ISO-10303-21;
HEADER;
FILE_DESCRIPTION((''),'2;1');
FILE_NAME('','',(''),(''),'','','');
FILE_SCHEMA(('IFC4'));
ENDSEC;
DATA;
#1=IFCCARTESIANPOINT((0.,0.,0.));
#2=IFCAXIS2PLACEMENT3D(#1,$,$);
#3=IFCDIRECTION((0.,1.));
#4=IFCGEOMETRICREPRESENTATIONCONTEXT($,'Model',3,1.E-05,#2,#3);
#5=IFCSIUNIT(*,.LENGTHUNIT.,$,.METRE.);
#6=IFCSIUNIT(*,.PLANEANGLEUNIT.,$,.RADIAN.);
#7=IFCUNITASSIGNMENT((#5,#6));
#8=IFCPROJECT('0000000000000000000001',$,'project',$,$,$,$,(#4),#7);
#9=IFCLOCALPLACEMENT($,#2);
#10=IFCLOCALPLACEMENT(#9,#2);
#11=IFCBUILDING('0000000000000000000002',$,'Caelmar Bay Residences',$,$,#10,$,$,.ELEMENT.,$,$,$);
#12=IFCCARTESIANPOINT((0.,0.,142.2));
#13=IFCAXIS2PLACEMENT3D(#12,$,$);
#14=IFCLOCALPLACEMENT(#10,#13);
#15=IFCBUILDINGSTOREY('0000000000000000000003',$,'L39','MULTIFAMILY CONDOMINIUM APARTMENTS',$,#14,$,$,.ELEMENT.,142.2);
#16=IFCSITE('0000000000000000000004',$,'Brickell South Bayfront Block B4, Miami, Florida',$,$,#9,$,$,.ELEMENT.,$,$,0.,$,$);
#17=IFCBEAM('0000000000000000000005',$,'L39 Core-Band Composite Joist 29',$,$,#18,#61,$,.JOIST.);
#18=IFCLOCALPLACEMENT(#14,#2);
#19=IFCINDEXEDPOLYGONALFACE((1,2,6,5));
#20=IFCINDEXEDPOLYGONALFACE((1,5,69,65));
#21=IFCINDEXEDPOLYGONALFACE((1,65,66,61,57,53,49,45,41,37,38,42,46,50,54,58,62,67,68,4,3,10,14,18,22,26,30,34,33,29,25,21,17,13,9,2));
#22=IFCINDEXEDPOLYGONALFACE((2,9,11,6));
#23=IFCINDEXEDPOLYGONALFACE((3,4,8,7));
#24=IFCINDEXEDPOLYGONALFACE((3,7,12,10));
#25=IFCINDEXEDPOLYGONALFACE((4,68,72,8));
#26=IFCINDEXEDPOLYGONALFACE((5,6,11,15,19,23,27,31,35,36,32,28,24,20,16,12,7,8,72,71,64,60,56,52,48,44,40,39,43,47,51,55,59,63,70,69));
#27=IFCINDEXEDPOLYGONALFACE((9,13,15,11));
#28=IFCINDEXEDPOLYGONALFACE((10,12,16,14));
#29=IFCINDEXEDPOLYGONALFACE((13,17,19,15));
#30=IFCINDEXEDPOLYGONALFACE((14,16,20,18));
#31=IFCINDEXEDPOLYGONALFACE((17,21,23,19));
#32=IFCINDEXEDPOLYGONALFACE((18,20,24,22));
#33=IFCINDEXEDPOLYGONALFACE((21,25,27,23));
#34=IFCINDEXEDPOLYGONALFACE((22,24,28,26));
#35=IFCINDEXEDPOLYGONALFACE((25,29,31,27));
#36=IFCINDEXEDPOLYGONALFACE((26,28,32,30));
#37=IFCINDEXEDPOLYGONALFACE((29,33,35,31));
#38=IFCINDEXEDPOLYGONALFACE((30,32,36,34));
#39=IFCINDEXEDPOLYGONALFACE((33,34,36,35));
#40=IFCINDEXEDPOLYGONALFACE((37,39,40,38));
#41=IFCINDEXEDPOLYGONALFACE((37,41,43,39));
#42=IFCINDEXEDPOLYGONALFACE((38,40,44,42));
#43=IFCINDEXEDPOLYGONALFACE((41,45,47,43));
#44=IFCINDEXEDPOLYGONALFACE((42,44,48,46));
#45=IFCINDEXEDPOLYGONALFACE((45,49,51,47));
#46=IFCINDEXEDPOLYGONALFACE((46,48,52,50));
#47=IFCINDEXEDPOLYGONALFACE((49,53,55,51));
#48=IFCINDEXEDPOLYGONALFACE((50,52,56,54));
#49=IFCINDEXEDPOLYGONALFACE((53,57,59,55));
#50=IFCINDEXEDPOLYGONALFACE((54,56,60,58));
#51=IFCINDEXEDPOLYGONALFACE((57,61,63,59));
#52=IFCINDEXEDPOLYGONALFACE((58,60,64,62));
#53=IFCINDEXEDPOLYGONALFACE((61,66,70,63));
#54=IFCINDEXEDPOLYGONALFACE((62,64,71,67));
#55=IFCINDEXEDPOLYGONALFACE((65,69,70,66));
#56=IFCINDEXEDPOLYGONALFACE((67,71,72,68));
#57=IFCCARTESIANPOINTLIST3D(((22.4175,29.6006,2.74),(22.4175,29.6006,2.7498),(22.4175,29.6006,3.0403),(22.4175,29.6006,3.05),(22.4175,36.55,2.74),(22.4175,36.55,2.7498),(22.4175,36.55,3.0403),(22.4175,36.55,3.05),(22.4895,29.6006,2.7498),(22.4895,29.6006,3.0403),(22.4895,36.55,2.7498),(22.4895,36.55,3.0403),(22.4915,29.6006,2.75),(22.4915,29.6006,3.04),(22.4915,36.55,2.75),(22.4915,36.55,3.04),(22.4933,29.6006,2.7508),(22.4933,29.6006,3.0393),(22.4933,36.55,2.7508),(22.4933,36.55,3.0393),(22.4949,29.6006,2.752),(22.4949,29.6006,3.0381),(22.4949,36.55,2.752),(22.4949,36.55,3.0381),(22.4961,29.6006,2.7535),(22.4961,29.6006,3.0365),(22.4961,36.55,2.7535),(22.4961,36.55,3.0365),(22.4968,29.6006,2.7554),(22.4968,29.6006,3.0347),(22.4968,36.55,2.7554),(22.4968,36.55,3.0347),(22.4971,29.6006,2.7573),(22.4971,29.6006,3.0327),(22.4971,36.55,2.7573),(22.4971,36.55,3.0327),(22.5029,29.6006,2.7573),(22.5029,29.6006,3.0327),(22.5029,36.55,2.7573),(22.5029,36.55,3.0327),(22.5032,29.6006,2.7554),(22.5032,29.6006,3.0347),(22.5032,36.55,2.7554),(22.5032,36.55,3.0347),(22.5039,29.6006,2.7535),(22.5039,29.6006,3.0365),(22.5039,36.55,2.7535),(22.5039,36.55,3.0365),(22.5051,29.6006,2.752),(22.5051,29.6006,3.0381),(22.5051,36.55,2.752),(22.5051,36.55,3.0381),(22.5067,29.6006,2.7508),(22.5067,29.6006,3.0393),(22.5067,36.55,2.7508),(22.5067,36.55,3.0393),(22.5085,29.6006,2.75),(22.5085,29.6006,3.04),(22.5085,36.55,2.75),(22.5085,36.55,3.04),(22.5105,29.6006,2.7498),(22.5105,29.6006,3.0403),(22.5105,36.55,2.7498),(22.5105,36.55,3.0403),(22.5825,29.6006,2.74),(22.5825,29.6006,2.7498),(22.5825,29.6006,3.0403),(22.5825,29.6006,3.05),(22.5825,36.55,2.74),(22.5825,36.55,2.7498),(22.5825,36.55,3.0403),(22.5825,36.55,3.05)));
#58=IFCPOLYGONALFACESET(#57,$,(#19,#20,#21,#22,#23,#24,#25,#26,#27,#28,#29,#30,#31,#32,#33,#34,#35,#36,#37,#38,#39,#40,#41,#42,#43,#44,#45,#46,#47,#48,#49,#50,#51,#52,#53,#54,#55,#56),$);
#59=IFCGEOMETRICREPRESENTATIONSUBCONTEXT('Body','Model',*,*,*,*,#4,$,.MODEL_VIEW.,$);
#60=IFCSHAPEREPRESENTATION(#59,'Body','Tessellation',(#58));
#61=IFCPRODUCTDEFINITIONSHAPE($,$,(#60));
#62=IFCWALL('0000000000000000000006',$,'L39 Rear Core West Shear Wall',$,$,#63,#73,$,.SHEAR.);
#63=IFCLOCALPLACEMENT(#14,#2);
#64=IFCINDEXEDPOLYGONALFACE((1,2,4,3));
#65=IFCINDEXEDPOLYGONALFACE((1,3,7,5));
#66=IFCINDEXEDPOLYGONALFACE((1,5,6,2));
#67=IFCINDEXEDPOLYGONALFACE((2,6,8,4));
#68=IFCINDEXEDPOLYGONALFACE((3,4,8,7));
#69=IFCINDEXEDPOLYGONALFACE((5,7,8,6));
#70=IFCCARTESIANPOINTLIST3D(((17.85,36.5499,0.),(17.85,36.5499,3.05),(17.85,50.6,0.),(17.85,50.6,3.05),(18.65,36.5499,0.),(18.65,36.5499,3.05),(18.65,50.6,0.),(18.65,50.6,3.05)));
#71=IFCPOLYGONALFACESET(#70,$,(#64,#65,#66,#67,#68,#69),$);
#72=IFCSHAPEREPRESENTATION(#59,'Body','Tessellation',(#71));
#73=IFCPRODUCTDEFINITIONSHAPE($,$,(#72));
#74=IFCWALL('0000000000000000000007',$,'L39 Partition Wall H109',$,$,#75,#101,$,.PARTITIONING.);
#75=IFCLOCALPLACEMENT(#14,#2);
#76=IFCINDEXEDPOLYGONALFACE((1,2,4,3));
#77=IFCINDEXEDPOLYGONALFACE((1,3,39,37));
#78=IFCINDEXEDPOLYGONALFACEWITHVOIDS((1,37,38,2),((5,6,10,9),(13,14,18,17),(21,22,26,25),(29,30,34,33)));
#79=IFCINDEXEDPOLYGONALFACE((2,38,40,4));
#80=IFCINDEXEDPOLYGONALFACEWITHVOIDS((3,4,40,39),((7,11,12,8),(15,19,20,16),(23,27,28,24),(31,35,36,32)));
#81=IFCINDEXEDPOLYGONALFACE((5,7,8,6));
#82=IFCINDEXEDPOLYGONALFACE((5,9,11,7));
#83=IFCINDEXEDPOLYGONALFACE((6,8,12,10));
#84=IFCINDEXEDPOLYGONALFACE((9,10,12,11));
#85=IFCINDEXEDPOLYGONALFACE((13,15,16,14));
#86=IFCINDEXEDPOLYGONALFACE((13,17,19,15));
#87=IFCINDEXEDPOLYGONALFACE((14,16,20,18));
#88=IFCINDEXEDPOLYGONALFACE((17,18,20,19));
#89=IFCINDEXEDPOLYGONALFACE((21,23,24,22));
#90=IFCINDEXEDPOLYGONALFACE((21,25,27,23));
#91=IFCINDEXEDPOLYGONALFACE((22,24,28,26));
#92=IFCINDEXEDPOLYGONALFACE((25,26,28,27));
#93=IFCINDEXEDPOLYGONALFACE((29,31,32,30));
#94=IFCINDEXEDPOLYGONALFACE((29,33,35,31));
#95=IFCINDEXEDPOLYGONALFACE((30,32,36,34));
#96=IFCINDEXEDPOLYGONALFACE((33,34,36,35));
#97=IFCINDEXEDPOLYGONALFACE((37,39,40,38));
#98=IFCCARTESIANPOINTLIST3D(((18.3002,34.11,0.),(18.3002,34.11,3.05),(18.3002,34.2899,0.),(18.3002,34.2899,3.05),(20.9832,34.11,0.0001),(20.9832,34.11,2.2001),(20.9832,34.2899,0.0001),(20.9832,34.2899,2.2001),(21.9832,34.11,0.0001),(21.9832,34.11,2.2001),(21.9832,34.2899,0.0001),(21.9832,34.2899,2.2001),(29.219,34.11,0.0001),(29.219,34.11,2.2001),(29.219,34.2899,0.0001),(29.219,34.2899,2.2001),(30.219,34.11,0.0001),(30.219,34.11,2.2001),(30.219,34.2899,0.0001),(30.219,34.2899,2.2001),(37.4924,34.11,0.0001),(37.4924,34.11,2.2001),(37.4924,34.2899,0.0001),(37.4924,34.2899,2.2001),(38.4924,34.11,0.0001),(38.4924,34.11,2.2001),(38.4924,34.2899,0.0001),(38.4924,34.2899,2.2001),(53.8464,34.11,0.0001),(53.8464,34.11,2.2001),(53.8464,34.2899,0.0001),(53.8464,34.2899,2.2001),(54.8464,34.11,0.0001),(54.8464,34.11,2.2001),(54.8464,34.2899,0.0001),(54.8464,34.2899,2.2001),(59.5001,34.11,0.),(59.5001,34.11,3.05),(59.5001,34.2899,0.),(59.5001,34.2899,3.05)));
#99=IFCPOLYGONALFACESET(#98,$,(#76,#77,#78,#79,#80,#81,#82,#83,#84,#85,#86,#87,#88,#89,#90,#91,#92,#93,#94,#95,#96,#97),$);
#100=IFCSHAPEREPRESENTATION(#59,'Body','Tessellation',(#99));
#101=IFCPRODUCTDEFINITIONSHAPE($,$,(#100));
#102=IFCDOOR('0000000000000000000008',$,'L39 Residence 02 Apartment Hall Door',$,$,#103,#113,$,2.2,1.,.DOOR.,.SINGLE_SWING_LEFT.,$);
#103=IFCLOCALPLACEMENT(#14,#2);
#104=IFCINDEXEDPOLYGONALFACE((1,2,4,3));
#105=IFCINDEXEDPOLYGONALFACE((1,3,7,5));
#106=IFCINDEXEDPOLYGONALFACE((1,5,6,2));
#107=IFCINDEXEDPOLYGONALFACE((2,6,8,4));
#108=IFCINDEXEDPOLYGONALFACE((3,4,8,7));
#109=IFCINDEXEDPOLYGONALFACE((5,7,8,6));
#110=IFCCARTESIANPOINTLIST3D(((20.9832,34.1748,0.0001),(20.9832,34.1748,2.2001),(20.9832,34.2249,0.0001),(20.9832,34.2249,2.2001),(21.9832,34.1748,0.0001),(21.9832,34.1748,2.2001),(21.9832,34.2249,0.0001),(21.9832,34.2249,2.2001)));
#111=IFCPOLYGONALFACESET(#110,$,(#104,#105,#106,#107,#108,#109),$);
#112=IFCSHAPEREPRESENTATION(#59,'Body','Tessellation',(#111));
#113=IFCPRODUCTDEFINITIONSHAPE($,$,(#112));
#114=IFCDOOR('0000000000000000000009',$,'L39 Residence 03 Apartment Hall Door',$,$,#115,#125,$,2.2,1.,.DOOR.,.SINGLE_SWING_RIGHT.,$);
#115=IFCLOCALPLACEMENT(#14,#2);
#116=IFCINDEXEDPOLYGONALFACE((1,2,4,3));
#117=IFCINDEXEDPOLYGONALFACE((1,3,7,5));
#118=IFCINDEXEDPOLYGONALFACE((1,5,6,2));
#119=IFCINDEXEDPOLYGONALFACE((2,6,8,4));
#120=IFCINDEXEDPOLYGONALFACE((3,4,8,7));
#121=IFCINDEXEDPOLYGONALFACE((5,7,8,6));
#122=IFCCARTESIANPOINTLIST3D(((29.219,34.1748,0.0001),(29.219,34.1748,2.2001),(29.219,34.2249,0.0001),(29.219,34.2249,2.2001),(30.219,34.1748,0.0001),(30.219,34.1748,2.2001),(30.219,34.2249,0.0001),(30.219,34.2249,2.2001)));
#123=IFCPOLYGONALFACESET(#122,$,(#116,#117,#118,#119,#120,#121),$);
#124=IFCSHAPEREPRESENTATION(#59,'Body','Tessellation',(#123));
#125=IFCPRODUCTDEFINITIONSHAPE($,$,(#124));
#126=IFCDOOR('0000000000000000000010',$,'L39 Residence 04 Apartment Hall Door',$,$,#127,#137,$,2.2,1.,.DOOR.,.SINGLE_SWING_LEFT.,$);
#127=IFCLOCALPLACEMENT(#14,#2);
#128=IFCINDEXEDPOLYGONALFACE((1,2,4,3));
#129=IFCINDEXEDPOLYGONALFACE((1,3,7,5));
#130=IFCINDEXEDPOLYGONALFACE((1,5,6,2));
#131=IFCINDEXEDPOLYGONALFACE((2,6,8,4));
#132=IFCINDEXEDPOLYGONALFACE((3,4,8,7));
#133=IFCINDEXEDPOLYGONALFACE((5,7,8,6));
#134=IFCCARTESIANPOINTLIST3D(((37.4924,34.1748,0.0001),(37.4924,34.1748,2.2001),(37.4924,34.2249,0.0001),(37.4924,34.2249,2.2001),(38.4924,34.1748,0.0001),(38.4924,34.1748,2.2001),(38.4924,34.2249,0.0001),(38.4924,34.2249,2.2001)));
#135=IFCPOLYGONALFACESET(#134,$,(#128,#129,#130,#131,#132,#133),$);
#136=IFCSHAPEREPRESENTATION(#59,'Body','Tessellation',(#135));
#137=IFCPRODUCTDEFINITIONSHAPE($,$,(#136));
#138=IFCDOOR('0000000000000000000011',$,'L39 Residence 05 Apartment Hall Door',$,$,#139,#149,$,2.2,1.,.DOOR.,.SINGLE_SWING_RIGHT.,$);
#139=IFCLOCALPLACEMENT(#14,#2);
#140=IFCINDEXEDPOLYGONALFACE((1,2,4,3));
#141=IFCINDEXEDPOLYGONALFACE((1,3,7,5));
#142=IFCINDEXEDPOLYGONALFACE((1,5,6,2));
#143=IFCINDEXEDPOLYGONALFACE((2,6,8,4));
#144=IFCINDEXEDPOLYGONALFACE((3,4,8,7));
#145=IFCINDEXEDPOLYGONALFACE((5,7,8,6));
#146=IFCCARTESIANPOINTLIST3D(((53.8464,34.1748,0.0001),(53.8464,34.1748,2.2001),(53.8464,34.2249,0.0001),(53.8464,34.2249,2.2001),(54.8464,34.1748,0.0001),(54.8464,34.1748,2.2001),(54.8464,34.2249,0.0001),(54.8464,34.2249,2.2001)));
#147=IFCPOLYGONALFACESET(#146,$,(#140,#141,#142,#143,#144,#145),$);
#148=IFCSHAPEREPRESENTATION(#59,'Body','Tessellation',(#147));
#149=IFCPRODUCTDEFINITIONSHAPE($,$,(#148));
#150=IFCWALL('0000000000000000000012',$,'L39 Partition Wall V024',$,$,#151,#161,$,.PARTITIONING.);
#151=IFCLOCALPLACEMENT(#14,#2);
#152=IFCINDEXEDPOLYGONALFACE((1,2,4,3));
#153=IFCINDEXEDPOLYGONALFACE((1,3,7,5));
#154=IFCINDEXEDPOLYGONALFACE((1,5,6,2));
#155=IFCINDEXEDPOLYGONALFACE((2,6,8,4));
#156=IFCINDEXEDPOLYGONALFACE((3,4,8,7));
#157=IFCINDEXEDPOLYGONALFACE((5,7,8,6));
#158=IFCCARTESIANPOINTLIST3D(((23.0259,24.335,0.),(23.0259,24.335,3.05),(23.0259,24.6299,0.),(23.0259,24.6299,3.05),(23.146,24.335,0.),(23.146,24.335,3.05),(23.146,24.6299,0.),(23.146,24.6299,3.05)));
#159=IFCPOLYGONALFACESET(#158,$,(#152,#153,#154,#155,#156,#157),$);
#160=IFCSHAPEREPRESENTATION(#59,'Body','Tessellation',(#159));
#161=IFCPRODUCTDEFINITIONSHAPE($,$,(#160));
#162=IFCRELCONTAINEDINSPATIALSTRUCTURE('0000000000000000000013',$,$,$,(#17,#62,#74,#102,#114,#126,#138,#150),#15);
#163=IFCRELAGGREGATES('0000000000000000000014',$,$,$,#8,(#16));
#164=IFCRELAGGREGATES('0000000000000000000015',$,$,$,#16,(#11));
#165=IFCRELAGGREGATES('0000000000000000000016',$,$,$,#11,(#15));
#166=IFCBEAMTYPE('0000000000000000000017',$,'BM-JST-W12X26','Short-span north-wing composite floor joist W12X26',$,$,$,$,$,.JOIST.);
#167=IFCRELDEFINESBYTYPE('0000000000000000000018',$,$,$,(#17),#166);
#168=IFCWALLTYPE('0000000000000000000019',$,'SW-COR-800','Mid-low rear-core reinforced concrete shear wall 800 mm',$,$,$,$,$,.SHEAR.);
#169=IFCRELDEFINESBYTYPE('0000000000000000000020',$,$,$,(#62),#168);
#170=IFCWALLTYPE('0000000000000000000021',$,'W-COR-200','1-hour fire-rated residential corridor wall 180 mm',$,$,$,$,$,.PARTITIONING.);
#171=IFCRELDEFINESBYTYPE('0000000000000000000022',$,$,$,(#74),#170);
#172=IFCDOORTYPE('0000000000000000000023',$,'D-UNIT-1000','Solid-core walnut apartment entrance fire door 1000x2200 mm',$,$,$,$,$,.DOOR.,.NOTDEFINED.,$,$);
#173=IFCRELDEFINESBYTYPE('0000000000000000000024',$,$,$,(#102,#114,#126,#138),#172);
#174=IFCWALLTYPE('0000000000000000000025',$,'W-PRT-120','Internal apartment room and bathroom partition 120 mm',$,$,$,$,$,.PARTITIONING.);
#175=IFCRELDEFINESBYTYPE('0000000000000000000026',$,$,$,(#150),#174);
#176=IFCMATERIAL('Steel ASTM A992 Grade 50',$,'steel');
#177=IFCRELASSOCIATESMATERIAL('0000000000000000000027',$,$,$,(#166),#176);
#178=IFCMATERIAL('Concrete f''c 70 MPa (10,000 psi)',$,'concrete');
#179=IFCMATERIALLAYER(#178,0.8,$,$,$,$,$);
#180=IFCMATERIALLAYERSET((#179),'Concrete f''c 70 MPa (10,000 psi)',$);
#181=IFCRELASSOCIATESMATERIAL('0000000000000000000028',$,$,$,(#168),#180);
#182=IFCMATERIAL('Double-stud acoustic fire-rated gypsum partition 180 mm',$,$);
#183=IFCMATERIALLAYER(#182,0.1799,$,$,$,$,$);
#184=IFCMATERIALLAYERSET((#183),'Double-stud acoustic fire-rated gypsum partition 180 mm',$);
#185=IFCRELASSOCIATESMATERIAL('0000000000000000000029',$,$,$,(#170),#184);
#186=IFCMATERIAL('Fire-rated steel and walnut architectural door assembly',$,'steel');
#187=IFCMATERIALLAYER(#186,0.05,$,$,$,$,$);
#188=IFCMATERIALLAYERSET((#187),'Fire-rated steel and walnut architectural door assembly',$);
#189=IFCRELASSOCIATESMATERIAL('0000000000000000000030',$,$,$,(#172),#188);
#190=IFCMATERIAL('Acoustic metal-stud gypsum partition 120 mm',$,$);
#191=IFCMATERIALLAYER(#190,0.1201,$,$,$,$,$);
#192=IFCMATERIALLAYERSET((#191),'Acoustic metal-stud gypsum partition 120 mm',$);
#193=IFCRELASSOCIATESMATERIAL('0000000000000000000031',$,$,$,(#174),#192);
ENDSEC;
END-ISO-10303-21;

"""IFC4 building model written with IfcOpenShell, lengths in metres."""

from ifc_helpers import new_model, si_unit, direction, frame, frame_2d, origin, origin_2d, place, context, subcontext, project, spatial, rectangle, i_section, extrude, material, layer, layer_set, material_profile, profile_set, type_object, element, fill, save


model = new_model("IFC4")

# Units and contexts
model_context = context("Model", 3, precision=1e-05, world=origin(), true_north=direction((0.0, 1.0)))
body_context = subcontext(model_context, "Body", "Model", "MODEL_VIEW")
ifc_project = project(units=[si_unit("LENGTHUNIT", "METRE"), si_unit("PLANEANGLEUNIT", "RADIAN")], contexts=[model_context])

# Site, building, storey
site_placement = place(None, origin())
site = spatial("IfcSite", under=ifc_project, at=site_placement, Name="Brickell South Bayfront Block B4, Miami, Florida", CompositionType="ELEMENT", RefElevation=0.0)
building_placement = place(site_placement, origin())
building = spatial("IfcBuilding", under=site, at=building_placement, Name="Caelmar Bay Residences", CompositionType="ELEMENT")
storey_placement = place(building_placement, frame((0.0, 0.0, 142.2)))
storey = spatial("IfcBuildingStorey", under=building, at=storey_placement, Name="L39", Description="MULTIFAMILY CONDOMINIUM APARTMENTS", CompositionType="ELEMENT", Elevation=142.2)

# Shared definitions
ifc_material_1 = material(Name="Concrete f'c 70 MPa (10,000 psi)", Category="concrete")

# Beam
ifc_material_2 = material(Name="Steel ASTM A992 Grade 50", Category="steel")
ifc_material_profile_1 = material_profile(ifc_material_2, i_section(OverallWidth=0.165, OverallDepth=0.3101, WebThickness=0.0059, FlangeThickness=0.0098, FilletRadius=0.0076, at=origin_2d()), Name="W12X26")
ifc_profile_set_1 = profile_set([ifc_material_profile_1], Name="Steel ASTM A992 Grade 50")
beam_type_1 = type_object("IfcBeamType", Name="BM-JST-W12X26", Description="Short-span north-wing composite floor joist W12X26", PredefinedType="JOIST", material=ifc_profile_set_1)
beam_1_placement = place(storey_placement, frame((22.5, 29.6006, 2.895), z_axis=(0.0, 1.0, 0.0), x_axis=(-1.0, 0.0, 0.0)))
element("IfcBeam", 1, at=beam_1_placement, inside=storey, type_object=beam_type_1, Name="L39 Core-Band Composite Joist 29", PredefinedType="JOIST", context=body_context, shape_type="SweptSolid", body=[
    extrude(i_section(OverallWidth=0.165, OverallDepth=0.3101, WebThickness=0.0059, FlangeThickness=0.0098, FilletRadius=0.0076, at=origin_2d()), origin(), (0.0, 0.0, 1.0), 6.9495),
])

# Wall
ifc_layer_1 = layer(ifc_material_1, 0.8)
ifc_layer_set_1 = layer_set([ifc_layer_1], Name="Concrete f'c 70 MPa (10,000 psi)")
wall_type_1 = type_object("IfcWallType", Name="SW-COR-800", Description="Mid-low rear-core reinforced concrete shear wall 800 mm", PredefinedType="SHEAR", material=ifc_layer_set_1)
wall_1_placement = place(storey_placement, frame((18.25, 36.55, 0.0), z_axis=(0.0, 0.0, 1.0), x_axis=(0.0, 1.0, 0.0)))
element("IfcWall", 2, at=wall_1_placement, inside=storey, type_object=wall_type_1, Name="L39 Rear Core West Shear Wall", PredefinedType="SHEAR", context=body_context, shape_type="SweptSolid", body=[
    extrude(rectangle(XDim=14.05, YDim=0.8, at=frame_2d((7.0249, 0.0))), origin(), (0.0, 0.0, 1.0), 3.05),
])

# Wall, openings, doors
ifc_material_3 = material(Name="Double-stud acoustic fire-rated gypsum partition 180 mm")
ifc_layer_2 = layer(ifc_material_3, 0.1799)
ifc_layer_set_2 = layer_set([ifc_layer_2], Name="Double-stud acoustic fire-rated gypsum partition 180 mm")
wall_type_2 = type_object("IfcWallType", Name="W-COR-200", Description="1-hour fire-rated residential corridor wall 180 mm", PredefinedType="PARTITIONING", material=ifc_layer_set_2)
wall_2_placement = place(storey_placement, frame((18.3, 34.2, 0.0), z_axis=(0.0, 0.0, 1.0), x_axis=(1.0, 0.0, 0.0)))
wall_2 = element("IfcWall", 3, at=wall_2_placement, inside=storey, type_object=wall_type_2, Name="L39 Partition Wall H109", PredefinedType="PARTITIONING", context=body_context, shape_type="SweptSolid", body=[
    extrude(rectangle(XDim=41.2, YDim=0.1799, at=frame_2d((20.6001, 0.0))), origin(), (0.0, 0.0, 1.0), 3.05),
])
opening_1_placement = place(wall_2_placement, frame((2.6831, 0.0, 0.0)))
opening_1 = element("IfcOpeningElement", 4, at=opening_1_placement, cuts=wall_2, PredefinedType="OPENING", context=body_context, shape_type="SweptSolid", body=[
    extrude(rectangle(XDim=1.0, YDim=2.2, at=frame_2d((0.5, 1.1001))), frame((0.0, 0.0999, 0.0), z_axis=(0.0, -1.0, 0.0), x_axis=(1.0, 0.0, 0.0)), (0.0, 0.0, 1.0), 0.2),
])
opening_2_placement = place(wall_2_placement, frame((10.9189, 0.0, 0.0)))
opening_2 = element("IfcOpeningElement", 5, at=opening_2_placement, cuts=wall_2, PredefinedType="OPENING", context=body_context, shape_type="SweptSolid", body=[
    extrude(rectangle(XDim=1.0, YDim=2.2, at=frame_2d((0.5, 1.1001))), frame((0.0, 0.0999, 0.0), z_axis=(0.0, -1.0, 0.0), x_axis=(1.0, 0.0, 0.0)), (0.0, 0.0, 1.0), 0.2),
])
opening_3_placement = place(wall_2_placement, frame((19.1924, 0.0, 0.0)))
opening_3 = element("IfcOpeningElement", 6, at=opening_3_placement, cuts=wall_2, PredefinedType="OPENING", context=body_context, shape_type="SweptSolid", body=[
    extrude(rectangle(XDim=1.0, YDim=2.2, at=frame_2d((0.5, 1.1001))), frame((0.0, 0.0999, 0.0), z_axis=(0.0, -1.0, 0.0), x_axis=(1.0, 0.0, 0.0)), (0.0, 0.0, 1.0), 0.2),
])
opening_4_placement = place(wall_2_placement, frame((35.5464, 0.0, 0.0)))
opening_4 = element("IfcOpeningElement", 7, at=opening_4_placement, cuts=wall_2, PredefinedType="OPENING", context=body_context, shape_type="SweptSolid", body=[
    extrude(rectangle(XDim=1.0, YDim=2.2, at=frame_2d((0.5, 1.1001))), frame((0.0, 0.0999, 0.0), z_axis=(0.0, -1.0, 0.0), x_axis=(1.0, 0.0, 0.0)), (0.0, 0.0, 1.0), 0.2),
])
ifc_material_4 = material(Name="Fire-rated steel and walnut architectural door assembly", Category="steel")
ifc_layer_3 = layer(ifc_material_4, 0.05)
ifc_layer_set_3 = layer_set([ifc_layer_3], Name="Fire-rated steel and walnut architectural door assembly")
door_type_1 = type_object("IfcDoorType", Name="D-UNIT-1000", Description="Solid-core walnut apartment entrance fire door 1000x2200 mm", OperationType="NOTDEFINED", PredefinedType="DOOR", material=ifc_layer_set_3)
door_1_placement = place(opening_1_placement, origin())
door_1 = element("IfcDoor", 8, at=door_1_placement, inside=storey, type_object=door_type_1, Name="L39 Residence 02 Apartment Hall Door", OperationType="SINGLE_SWING_LEFT", OverallHeight=2.2, OverallWidth=1.0, PredefinedType="DOOR", context=body_context, shape_type="SweptSolid", body=[
    extrude(rectangle(XDim=1.0, YDim=2.2, at=frame_2d((0.5, 1.1001))), frame((0.0, 0.0249, 0.0), z_axis=(0.0, -1.0, 0.0), x_axis=(1.0, 0.0, 0.0)), (0.0, 0.0, 1.0), 0.05),
])
fill(opening_1, door_1)
door_2_placement = place(opening_2_placement, origin())
door_2 = element("IfcDoor", 9, at=door_2_placement, inside=storey, type_object=door_type_1, Name="L39 Residence 03 Apartment Hall Door", OperationType="SINGLE_SWING_RIGHT", OverallHeight=2.2, OverallWidth=1.0, PredefinedType="DOOR", context=body_context, shape_type="SweptSolid", body=[
    extrude(rectangle(XDim=1.0, YDim=2.2, at=frame_2d((0.5, 1.1001))), frame((0.0, 0.0249, 0.0), z_axis=(0.0, -1.0, 0.0), x_axis=(1.0, 0.0, 0.0)), (0.0, 0.0, 1.0), 0.05),
])
fill(opening_2, door_2)
door_3_placement = place(opening_3_placement, origin())
door_3 = element("IfcDoor", 10, at=door_3_placement, inside=storey, type_object=door_type_1, Name="L39 Residence 04 Apartment Hall Door", OperationType="SINGLE_SWING_LEFT", OverallHeight=2.2, OverallWidth=1.0, PredefinedType="DOOR", context=body_context, shape_type="SweptSolid", body=[
    extrude(rectangle(XDim=1.0, YDim=2.2, at=frame_2d((0.5, 1.1001))), frame((0.0, 0.0249, 0.0), z_axis=(0.0, -1.0, 0.0), x_axis=(1.0, 0.0, 0.0)), (0.0, 0.0, 1.0), 0.05),
])
fill(opening_3, door_3)
door_4_placement = place(opening_4_placement, origin())
door_4 = element("IfcDoor", 11, at=door_4_placement, inside=storey, type_object=door_type_1, Name="L39 Residence 05 Apartment Hall Door", OperationType="SINGLE_SWING_RIGHT", OverallHeight=2.2, OverallWidth=1.0, PredefinedType="DOOR", context=body_context, shape_type="SweptSolid", body=[
    extrude(rectangle(XDim=1.0, YDim=2.2, at=frame_2d((0.5, 1.1001))), frame((0.0, 0.0249, 0.0), z_axis=(0.0, -1.0, 0.0), x_axis=(1.0, 0.0, 0.0)), (0.0, 0.0, 1.0), 0.05),
])
fill(opening_4, door_4)

# Wall
ifc_material_5 = material(Name="Acoustic metal-stud gypsum partition 120 mm")
ifc_layer_4 = layer(ifc_material_5, 0.1201)
ifc_layer_set_4 = layer_set([ifc_layer_4], Name="Acoustic metal-stud gypsum partition 120 mm")
wall_type_3 = type_object("IfcWallType", Name="W-PRT-120", Description="Internal apartment room and bathroom partition 120 mm", PredefinedType="PARTITIONING", material=ifc_layer_set_4)
wall_3_placement = place(storey_placement, frame((23.0859, 24.335, 0.0), z_axis=(0.0, 0.0, 1.0), x_axis=(0.0, 1.0, 0.0)))
element("IfcWall", 12, at=wall_3_placement, inside=storey, type_object=wall_type_3, Name="L39 Partition Wall V024", PredefinedType="PARTITIONING", context=body_context, shape_type="SweptSolid", body=[
    extrude(rectangle(XDim=0.2949, YDim=0.1201, at=frame_2d((0.1475, 0.0))), origin(), (0.0, 0.0, 1.0), 3.05),
])

save(model, "model.ifc")
